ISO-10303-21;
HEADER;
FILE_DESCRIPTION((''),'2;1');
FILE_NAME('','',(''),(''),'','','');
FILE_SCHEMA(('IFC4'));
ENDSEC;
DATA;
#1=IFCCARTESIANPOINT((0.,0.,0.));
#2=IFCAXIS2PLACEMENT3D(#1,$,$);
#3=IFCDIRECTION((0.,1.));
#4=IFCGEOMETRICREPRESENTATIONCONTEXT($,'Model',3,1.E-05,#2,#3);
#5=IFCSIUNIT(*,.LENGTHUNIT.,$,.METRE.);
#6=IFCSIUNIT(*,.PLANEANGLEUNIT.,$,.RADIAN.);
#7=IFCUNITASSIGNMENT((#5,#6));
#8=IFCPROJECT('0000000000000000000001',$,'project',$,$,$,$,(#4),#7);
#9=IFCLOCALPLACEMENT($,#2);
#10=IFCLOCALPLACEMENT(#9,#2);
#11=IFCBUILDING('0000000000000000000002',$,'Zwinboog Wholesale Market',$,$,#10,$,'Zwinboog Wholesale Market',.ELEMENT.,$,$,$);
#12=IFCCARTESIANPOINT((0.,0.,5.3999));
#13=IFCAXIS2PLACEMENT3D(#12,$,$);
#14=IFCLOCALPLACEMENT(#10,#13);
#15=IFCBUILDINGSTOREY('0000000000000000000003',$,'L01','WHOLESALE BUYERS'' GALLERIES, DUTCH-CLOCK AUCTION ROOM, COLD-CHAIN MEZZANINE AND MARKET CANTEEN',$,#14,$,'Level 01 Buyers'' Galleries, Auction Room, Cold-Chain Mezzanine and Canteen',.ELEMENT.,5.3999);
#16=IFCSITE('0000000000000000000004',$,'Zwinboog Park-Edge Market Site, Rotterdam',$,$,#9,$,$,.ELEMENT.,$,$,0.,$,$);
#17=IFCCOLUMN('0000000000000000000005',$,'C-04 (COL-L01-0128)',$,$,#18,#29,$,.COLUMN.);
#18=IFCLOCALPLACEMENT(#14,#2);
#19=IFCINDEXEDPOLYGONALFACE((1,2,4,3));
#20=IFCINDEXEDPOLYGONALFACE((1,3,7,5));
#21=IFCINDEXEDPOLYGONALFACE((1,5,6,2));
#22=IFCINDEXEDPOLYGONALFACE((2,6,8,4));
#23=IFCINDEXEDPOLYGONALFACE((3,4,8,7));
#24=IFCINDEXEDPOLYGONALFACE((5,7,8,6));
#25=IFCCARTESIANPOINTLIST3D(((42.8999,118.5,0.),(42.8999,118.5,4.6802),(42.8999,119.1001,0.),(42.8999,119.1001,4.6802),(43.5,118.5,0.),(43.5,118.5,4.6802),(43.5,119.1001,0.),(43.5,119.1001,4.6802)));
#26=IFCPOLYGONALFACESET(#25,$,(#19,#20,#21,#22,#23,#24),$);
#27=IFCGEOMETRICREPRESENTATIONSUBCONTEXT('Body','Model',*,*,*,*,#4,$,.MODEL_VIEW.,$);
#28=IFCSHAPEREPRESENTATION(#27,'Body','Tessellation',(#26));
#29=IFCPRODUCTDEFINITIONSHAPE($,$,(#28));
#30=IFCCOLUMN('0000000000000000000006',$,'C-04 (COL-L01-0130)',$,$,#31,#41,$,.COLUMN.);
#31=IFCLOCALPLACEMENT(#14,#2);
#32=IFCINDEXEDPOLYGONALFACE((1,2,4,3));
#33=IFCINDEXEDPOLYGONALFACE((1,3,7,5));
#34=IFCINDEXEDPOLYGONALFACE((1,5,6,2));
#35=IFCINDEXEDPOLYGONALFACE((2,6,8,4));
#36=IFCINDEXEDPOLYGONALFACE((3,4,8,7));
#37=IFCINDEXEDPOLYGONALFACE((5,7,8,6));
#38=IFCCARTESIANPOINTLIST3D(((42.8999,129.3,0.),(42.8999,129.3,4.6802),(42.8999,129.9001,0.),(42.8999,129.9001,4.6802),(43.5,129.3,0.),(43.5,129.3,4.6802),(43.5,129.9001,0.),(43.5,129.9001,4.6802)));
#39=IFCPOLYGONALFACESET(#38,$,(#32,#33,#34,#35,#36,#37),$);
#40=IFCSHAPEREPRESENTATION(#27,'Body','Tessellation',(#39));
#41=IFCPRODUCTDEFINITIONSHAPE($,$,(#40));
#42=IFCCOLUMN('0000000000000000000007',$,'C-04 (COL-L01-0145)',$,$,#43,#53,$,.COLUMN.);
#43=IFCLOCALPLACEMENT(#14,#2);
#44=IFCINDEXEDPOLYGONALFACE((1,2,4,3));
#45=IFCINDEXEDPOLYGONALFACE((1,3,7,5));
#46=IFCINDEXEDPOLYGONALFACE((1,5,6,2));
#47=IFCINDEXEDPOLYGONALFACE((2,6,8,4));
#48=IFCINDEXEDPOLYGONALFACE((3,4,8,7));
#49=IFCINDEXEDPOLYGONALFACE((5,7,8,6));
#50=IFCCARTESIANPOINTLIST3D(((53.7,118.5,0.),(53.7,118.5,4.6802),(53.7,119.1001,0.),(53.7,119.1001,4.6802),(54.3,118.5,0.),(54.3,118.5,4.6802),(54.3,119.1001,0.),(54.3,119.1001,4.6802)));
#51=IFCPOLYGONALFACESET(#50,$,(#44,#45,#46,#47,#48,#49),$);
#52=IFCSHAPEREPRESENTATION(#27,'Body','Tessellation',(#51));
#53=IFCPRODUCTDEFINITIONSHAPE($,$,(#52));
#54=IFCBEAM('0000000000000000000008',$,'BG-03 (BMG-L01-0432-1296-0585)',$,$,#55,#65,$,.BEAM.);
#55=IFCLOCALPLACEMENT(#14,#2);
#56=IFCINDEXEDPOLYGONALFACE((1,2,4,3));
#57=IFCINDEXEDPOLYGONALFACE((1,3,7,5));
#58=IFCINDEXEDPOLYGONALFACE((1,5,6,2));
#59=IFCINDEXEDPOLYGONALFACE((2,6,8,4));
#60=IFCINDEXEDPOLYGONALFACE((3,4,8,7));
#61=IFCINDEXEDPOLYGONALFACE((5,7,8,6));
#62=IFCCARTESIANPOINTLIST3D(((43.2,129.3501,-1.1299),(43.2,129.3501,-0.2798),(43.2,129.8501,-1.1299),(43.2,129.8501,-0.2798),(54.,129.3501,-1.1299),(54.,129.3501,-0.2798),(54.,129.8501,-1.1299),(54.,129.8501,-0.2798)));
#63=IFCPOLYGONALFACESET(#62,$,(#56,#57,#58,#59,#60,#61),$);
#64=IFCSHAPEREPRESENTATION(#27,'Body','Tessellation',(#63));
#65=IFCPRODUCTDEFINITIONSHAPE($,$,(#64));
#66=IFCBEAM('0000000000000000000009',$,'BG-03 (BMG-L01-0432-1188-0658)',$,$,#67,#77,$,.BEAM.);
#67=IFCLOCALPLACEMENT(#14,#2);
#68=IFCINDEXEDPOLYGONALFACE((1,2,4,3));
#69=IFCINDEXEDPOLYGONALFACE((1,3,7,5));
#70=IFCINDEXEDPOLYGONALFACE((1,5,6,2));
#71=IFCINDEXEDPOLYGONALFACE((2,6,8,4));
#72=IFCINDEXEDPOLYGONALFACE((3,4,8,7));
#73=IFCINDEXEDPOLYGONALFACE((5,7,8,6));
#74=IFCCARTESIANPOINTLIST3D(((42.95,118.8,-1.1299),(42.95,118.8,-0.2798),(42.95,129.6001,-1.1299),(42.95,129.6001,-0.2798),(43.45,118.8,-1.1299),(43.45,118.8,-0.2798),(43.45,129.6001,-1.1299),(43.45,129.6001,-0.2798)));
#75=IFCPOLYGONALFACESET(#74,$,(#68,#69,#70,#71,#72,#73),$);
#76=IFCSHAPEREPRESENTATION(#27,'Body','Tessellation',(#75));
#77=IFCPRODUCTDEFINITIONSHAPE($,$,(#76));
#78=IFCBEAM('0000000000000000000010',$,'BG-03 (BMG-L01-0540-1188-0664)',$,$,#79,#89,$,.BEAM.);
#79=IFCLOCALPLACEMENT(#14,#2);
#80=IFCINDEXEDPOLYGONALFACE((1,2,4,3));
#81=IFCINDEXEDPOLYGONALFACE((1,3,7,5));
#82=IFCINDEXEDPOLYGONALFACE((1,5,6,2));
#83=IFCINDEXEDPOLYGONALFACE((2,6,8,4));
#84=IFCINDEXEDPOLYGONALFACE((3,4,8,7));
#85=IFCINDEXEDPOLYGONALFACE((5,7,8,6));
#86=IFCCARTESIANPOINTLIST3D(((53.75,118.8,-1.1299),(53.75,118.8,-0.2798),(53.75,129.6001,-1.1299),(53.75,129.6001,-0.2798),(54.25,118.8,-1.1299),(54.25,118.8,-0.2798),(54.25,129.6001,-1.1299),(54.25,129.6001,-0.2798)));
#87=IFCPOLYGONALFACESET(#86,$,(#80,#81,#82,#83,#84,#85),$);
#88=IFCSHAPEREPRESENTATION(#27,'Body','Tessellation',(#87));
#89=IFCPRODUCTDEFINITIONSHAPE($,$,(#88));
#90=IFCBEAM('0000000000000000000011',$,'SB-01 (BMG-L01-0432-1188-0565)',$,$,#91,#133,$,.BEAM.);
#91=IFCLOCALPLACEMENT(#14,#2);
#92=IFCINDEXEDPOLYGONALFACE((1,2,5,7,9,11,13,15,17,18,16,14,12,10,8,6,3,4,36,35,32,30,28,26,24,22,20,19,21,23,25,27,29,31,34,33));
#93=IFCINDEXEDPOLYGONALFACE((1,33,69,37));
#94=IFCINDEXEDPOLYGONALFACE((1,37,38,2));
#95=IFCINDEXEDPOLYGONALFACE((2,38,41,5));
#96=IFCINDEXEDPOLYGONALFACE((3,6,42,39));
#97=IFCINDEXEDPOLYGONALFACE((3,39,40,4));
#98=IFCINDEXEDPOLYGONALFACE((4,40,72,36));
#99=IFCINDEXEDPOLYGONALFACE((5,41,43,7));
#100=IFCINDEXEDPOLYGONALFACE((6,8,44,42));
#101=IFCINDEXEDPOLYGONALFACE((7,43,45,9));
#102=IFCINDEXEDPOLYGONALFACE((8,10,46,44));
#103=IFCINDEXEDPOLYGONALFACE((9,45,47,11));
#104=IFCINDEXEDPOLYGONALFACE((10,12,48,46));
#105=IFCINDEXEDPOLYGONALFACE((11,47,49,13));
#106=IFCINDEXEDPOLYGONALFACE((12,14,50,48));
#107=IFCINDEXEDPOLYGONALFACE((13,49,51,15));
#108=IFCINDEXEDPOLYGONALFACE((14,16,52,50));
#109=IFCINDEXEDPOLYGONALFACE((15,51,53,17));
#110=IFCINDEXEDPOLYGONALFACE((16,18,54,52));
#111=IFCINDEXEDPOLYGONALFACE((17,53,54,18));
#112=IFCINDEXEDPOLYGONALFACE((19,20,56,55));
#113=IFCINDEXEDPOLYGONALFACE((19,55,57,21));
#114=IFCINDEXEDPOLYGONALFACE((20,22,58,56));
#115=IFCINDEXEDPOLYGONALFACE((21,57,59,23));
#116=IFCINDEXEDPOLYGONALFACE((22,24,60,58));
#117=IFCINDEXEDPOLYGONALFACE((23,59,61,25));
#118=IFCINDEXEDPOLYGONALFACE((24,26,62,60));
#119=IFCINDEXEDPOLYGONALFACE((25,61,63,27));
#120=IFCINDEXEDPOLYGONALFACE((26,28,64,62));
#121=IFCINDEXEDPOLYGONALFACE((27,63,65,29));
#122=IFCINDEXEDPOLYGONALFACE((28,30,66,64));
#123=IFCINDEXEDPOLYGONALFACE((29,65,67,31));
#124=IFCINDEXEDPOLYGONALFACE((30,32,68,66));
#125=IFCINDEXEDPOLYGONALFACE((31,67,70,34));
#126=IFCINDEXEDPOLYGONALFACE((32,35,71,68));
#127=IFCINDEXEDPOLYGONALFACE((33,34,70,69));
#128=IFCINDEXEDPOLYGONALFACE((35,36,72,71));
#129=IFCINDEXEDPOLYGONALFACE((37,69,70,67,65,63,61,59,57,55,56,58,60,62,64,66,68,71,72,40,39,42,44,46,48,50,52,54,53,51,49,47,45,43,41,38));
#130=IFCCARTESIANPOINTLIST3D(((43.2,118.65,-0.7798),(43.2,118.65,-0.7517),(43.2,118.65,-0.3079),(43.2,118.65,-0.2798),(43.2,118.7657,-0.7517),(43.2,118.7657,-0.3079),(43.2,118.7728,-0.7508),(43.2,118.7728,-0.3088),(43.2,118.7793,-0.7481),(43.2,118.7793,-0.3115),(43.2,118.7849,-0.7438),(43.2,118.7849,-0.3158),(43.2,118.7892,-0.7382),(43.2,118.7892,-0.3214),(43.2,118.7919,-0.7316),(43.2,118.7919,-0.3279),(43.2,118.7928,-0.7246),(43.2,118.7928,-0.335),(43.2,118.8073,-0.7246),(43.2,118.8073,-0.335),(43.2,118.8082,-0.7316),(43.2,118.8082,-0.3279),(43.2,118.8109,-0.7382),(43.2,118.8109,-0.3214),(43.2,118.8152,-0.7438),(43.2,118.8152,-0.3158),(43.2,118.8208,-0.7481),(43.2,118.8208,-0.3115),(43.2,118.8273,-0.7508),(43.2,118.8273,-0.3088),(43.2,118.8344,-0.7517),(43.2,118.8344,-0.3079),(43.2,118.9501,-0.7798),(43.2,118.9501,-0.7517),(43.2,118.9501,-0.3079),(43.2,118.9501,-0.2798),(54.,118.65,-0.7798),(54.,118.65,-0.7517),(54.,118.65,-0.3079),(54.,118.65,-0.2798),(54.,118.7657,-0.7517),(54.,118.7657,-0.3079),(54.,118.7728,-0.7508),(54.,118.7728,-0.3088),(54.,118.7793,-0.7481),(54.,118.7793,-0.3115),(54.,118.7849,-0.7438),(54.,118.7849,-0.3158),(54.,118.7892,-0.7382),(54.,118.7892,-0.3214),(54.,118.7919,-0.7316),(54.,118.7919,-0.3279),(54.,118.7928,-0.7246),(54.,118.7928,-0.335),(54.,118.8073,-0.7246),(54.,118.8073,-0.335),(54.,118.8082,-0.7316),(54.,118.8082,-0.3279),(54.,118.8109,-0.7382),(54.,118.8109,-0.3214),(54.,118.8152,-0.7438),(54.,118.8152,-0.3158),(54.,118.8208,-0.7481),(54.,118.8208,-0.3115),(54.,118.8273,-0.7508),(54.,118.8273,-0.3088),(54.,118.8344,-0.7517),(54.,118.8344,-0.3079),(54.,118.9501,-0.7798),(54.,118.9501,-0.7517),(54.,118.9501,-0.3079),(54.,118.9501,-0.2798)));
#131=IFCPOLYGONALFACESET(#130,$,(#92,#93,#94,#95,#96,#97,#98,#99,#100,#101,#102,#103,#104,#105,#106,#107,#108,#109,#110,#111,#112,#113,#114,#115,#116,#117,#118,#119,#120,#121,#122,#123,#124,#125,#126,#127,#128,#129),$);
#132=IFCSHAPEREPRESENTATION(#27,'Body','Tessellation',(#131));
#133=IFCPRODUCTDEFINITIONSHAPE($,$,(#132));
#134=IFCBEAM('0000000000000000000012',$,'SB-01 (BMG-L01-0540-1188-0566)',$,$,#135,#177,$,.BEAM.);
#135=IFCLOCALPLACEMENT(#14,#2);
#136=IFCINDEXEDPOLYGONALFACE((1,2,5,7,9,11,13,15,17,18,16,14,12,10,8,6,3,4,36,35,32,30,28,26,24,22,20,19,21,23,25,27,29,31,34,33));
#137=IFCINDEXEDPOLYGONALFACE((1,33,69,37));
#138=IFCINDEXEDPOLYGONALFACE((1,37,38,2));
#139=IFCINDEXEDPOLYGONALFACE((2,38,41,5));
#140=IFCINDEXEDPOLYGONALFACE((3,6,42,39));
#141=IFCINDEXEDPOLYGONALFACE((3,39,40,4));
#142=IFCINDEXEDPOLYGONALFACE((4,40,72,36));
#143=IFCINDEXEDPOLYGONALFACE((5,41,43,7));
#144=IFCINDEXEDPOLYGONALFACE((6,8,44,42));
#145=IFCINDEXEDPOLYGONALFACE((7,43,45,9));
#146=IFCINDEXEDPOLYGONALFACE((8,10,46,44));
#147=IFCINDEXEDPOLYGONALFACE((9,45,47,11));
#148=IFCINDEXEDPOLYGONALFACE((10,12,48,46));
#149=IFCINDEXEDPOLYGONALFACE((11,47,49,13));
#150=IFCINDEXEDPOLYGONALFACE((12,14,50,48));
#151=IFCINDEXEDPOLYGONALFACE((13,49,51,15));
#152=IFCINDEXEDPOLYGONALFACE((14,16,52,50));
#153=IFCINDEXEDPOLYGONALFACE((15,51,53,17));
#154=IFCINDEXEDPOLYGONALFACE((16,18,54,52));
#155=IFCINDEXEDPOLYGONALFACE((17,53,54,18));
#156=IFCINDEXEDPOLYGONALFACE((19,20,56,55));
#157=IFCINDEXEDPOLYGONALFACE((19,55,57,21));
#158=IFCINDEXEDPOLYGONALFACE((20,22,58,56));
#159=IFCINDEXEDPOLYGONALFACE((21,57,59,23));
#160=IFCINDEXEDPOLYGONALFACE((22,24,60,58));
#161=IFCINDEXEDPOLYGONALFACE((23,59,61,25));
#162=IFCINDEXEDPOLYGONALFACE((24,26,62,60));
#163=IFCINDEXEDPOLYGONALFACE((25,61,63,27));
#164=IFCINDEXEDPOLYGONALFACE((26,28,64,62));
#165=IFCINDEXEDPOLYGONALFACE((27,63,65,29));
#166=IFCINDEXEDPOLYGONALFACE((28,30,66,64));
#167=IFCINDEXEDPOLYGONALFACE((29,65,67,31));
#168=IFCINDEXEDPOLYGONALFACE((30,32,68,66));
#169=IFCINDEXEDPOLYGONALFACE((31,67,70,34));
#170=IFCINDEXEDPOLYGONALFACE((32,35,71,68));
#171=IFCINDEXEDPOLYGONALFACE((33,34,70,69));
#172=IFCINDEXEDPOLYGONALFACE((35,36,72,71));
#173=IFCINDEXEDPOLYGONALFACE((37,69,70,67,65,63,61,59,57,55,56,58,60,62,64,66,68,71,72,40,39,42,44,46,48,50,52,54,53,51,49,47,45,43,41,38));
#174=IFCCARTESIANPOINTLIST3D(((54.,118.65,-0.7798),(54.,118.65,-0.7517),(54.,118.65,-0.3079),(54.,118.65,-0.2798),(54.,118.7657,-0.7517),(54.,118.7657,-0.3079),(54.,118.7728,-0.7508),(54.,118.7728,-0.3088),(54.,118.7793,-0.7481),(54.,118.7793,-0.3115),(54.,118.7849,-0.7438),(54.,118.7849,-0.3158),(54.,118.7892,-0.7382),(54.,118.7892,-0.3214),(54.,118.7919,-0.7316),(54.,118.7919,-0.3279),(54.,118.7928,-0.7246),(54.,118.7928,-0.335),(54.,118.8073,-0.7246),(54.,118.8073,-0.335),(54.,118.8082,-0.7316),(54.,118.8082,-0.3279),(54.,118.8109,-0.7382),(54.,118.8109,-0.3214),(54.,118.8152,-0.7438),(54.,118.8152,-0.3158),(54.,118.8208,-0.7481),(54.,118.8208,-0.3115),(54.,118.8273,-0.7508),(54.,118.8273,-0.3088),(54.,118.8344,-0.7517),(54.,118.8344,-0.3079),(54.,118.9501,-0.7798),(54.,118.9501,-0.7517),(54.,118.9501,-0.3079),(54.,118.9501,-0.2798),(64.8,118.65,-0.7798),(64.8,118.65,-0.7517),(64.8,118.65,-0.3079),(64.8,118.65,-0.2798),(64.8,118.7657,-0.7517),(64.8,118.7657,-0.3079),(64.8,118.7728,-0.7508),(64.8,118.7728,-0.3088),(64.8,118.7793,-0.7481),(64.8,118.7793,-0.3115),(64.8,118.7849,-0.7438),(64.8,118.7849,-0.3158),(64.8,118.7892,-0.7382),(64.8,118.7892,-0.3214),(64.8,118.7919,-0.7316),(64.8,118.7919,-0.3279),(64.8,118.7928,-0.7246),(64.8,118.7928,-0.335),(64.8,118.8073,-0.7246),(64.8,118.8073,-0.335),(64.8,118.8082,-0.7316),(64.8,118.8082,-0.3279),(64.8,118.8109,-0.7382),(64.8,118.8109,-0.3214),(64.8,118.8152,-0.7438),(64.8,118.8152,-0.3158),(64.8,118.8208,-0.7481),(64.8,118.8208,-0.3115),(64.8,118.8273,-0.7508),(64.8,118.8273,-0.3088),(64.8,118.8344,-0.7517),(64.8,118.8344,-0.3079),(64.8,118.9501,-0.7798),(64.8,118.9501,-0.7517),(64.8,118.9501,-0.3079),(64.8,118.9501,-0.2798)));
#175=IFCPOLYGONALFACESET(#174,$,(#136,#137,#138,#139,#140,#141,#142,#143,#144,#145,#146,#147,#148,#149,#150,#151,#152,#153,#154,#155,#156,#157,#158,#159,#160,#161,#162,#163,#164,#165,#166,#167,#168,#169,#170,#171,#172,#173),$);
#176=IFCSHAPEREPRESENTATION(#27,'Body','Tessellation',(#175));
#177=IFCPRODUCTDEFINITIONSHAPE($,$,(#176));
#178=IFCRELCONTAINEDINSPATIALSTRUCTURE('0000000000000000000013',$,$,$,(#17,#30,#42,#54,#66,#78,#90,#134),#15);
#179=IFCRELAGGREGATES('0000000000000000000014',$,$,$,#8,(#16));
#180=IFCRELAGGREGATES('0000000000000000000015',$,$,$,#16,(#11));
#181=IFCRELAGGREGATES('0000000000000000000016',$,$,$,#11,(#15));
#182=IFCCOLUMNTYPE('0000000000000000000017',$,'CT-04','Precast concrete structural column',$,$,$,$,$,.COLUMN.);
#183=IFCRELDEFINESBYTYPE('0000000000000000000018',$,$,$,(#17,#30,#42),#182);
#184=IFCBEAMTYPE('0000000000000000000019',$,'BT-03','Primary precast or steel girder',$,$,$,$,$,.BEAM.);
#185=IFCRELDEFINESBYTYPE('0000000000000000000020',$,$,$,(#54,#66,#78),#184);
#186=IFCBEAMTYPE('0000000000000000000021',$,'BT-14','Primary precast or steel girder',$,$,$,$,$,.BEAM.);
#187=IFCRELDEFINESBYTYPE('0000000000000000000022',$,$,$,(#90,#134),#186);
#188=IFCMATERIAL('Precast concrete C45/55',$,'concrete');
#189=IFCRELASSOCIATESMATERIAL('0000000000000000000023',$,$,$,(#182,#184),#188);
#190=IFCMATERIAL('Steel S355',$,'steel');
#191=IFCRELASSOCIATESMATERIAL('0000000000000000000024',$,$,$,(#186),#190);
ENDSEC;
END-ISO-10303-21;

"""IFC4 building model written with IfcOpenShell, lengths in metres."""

from ifc_helpers import new_model, si_unit, direction, frame, origin, origin_2d, place, context, subcontext, project, spatial, rectangle, i_section, extrude, material, material_profile, profile_set, type_object, element, save


model = new_model("IFC4")

# Units and contexts
model_context = context("Model", 3, precision=1e-05, world=origin(), true_north=direction((0.0, 1.0)))
body_context = subcontext(model_context, "Body", "Model", "MODEL_VIEW")
ifc_project = project(units=[si_unit("LENGTHUNIT", "METRE"), si_unit("PLANEANGLEUNIT", "RADIAN")], contexts=[model_context])

# Site, building, storey
site_placement = place(None, origin())
site = spatial("IfcSite", under=ifc_project, at=site_placement, Name="Zwinboog Park-Edge Market Site, Rotterdam", CompositionType="ELEMENT", RefElevation=0.0)
building_placement = place(site_placement, origin())
building = spatial("IfcBuilding", under=site, at=building_placement, Name="Zwinboog Wholesale Market", LongName="Zwinboog Wholesale Market", CompositionType="ELEMENT")
storey_placement = place(building_placement, frame((0.0, 0.0, 5.3999)))
storey = spatial("IfcBuildingStorey", under=building, at=storey_placement, Name="L01", Description="WHOLESALE BUYERS' GALLERIES, DUTCH-CLOCK AUCTION ROOM, COLD-CHAIN MEZZANINE AND MARKET CANTEEN", LongName="Level 01 Buyers' Galleries, Auction Room, Cold-Chain Mezzanine and Canteen", CompositionType="ELEMENT", Elevation=5.3999)

# Columns
ifc_material_1 = material(Name="Precast concrete C45/55", Category="concrete")
ifc_material_profile_1 = material_profile(ifc_material_1, rectangle(XDim=0.6001, YDim=0.6001, at=origin_2d()), Name="PC 600x600")
ifc_profile_set_1 = profile_set([ifc_material_profile_1], Name="Precast concrete C45/55")
column_type = type_object("IfcColumnType", Name="CT-04", Description="Precast concrete structural column", PredefinedType="COLUMN", material=ifc_profile_set_1)
for number, where, z_axis, x_axis, name in (
    (1, (43.2, 118.8, 0.0), (0.0, 0.0, 1.0), (1.0, 0.0, 0.0), "C-04 (COL-L01-0128)"),
    (2, (43.2, 129.6001, 0.0), (0.0, 0.0, 1.0), (1.0, 0.0, 0.0), "C-04 (COL-L01-0130)"),
    (3, (54.0, 118.8, 0.0), (0.0, 0.0, 1.0), (1.0, 0.0, 0.0), "C-04 (COL-L01-0145)"),
):
    element("IfcColumn", number, at=place(storey_placement, frame(where, z_axis=z_axis, x_axis=x_axis)), inside=storey, type_object=column_type, Name=name, PredefinedType="COLUMN", context=body_context, shape_type="SweptSolid", body=[
        extrude(rectangle(XDim=0.6001, YDim=0.6001, at=origin_2d()), origin(), (0.0, 0.0, 1.0), 4.6802),
    ])

# Beams
ifc_material_profile_2 = material_profile(ifc_material_1, rectangle(XDim=0.5, YDim=0.8501, at=origin_2d()), Name="PC 500x850")
ifc_profile_set_2 = profile_set([ifc_material_profile_2], Name="Precast concrete C45/55")
beam_type_1 = type_object("IfcBeamType", Name="BT-03", Description="Primary precast or steel girder", PredefinedType="BEAM", material=ifc_profile_set_2)
for number, where, z_axis, x_axis, name in (
    (4, (43.2, 129.6001, -0.7048), (1.0, 0.0, 0.0), (0.0, 1.0, 0.0), "BG-03 (BMG-L01-0432-1296-0585)"),
    (5, (43.2, 118.8, -0.7048), (0.0, 1.0, 0.0), (-1.0, 0.0, 0.0), "BG-03 (BMG-L01-0432-1188-0658)"),
    (6, (54.0, 118.8, -0.7048), (0.0, 1.0, 0.0), (-1.0, 0.0, 0.0), "BG-03 (BMG-L01-0540-1188-0664)"),
):
    element("IfcBeam", number, at=place(storey_placement, frame(where, z_axis=z_axis, x_axis=x_axis)), inside=storey, type_object=beam_type_1, Name=name, PredefinedType="BEAM", context=body_context, shape_type="SweptSolid", body=[
        extrude(rectangle(XDim=0.5, YDim=0.8501, at=origin_2d()), origin(), (0.0, 0.0, 1.0), 10.8),
    ])
ifc_material_2 = material(Name="Steel S355", Category="steel")
ifc_material_profile_3 = material_profile(ifc_material_2, i_section(OverallWidth=0.3, OverallDepth=0.5, WebThickness=0.0144, FlangeThickness=0.0281, FilletRadius=0.0271, at=origin_2d()), Name="HEB 500")
ifc_profile_set_3 = profile_set([ifc_material_profile_3], Name="Steel S355")
beam_type_2 = type_object("IfcBeamType", Name="BT-14", Description="Primary precast or steel girder", PredefinedType="BEAM", material=ifc_profile_set_3)
for number, where, z_axis, x_axis, name in (
    (7, (43.2, 118.8, -0.5298), (1.0, 0.0, 0.0), (0.0, 1.0, 0.0), "SB-01 (BMG-L01-0432-1188-0565)"),
    (8, (54.0, 118.8, -0.5298), (1.0, 0.0, 0.0), (0.0, 1.0, 0.0), "SB-01 (BMG-L01-0540-1188-0566)"),
):
    element("IfcBeam", number, at=place(storey_placement, frame(where, z_axis=z_axis, x_axis=x_axis)), inside=storey, type_object=beam_type_2, Name=name, PredefinedType="BEAM", context=body_context, shape_type="SweptSolid", body=[
        extrude(i_section(OverallWidth=0.3, OverallDepth=0.5, WebThickness=0.0144, FlangeThickness=0.0281, FilletRadius=0.0271, at=origin_2d()), origin(), (0.0, 0.0, 1.0), 10.8),
    ])

save(model, "model.ifc")
